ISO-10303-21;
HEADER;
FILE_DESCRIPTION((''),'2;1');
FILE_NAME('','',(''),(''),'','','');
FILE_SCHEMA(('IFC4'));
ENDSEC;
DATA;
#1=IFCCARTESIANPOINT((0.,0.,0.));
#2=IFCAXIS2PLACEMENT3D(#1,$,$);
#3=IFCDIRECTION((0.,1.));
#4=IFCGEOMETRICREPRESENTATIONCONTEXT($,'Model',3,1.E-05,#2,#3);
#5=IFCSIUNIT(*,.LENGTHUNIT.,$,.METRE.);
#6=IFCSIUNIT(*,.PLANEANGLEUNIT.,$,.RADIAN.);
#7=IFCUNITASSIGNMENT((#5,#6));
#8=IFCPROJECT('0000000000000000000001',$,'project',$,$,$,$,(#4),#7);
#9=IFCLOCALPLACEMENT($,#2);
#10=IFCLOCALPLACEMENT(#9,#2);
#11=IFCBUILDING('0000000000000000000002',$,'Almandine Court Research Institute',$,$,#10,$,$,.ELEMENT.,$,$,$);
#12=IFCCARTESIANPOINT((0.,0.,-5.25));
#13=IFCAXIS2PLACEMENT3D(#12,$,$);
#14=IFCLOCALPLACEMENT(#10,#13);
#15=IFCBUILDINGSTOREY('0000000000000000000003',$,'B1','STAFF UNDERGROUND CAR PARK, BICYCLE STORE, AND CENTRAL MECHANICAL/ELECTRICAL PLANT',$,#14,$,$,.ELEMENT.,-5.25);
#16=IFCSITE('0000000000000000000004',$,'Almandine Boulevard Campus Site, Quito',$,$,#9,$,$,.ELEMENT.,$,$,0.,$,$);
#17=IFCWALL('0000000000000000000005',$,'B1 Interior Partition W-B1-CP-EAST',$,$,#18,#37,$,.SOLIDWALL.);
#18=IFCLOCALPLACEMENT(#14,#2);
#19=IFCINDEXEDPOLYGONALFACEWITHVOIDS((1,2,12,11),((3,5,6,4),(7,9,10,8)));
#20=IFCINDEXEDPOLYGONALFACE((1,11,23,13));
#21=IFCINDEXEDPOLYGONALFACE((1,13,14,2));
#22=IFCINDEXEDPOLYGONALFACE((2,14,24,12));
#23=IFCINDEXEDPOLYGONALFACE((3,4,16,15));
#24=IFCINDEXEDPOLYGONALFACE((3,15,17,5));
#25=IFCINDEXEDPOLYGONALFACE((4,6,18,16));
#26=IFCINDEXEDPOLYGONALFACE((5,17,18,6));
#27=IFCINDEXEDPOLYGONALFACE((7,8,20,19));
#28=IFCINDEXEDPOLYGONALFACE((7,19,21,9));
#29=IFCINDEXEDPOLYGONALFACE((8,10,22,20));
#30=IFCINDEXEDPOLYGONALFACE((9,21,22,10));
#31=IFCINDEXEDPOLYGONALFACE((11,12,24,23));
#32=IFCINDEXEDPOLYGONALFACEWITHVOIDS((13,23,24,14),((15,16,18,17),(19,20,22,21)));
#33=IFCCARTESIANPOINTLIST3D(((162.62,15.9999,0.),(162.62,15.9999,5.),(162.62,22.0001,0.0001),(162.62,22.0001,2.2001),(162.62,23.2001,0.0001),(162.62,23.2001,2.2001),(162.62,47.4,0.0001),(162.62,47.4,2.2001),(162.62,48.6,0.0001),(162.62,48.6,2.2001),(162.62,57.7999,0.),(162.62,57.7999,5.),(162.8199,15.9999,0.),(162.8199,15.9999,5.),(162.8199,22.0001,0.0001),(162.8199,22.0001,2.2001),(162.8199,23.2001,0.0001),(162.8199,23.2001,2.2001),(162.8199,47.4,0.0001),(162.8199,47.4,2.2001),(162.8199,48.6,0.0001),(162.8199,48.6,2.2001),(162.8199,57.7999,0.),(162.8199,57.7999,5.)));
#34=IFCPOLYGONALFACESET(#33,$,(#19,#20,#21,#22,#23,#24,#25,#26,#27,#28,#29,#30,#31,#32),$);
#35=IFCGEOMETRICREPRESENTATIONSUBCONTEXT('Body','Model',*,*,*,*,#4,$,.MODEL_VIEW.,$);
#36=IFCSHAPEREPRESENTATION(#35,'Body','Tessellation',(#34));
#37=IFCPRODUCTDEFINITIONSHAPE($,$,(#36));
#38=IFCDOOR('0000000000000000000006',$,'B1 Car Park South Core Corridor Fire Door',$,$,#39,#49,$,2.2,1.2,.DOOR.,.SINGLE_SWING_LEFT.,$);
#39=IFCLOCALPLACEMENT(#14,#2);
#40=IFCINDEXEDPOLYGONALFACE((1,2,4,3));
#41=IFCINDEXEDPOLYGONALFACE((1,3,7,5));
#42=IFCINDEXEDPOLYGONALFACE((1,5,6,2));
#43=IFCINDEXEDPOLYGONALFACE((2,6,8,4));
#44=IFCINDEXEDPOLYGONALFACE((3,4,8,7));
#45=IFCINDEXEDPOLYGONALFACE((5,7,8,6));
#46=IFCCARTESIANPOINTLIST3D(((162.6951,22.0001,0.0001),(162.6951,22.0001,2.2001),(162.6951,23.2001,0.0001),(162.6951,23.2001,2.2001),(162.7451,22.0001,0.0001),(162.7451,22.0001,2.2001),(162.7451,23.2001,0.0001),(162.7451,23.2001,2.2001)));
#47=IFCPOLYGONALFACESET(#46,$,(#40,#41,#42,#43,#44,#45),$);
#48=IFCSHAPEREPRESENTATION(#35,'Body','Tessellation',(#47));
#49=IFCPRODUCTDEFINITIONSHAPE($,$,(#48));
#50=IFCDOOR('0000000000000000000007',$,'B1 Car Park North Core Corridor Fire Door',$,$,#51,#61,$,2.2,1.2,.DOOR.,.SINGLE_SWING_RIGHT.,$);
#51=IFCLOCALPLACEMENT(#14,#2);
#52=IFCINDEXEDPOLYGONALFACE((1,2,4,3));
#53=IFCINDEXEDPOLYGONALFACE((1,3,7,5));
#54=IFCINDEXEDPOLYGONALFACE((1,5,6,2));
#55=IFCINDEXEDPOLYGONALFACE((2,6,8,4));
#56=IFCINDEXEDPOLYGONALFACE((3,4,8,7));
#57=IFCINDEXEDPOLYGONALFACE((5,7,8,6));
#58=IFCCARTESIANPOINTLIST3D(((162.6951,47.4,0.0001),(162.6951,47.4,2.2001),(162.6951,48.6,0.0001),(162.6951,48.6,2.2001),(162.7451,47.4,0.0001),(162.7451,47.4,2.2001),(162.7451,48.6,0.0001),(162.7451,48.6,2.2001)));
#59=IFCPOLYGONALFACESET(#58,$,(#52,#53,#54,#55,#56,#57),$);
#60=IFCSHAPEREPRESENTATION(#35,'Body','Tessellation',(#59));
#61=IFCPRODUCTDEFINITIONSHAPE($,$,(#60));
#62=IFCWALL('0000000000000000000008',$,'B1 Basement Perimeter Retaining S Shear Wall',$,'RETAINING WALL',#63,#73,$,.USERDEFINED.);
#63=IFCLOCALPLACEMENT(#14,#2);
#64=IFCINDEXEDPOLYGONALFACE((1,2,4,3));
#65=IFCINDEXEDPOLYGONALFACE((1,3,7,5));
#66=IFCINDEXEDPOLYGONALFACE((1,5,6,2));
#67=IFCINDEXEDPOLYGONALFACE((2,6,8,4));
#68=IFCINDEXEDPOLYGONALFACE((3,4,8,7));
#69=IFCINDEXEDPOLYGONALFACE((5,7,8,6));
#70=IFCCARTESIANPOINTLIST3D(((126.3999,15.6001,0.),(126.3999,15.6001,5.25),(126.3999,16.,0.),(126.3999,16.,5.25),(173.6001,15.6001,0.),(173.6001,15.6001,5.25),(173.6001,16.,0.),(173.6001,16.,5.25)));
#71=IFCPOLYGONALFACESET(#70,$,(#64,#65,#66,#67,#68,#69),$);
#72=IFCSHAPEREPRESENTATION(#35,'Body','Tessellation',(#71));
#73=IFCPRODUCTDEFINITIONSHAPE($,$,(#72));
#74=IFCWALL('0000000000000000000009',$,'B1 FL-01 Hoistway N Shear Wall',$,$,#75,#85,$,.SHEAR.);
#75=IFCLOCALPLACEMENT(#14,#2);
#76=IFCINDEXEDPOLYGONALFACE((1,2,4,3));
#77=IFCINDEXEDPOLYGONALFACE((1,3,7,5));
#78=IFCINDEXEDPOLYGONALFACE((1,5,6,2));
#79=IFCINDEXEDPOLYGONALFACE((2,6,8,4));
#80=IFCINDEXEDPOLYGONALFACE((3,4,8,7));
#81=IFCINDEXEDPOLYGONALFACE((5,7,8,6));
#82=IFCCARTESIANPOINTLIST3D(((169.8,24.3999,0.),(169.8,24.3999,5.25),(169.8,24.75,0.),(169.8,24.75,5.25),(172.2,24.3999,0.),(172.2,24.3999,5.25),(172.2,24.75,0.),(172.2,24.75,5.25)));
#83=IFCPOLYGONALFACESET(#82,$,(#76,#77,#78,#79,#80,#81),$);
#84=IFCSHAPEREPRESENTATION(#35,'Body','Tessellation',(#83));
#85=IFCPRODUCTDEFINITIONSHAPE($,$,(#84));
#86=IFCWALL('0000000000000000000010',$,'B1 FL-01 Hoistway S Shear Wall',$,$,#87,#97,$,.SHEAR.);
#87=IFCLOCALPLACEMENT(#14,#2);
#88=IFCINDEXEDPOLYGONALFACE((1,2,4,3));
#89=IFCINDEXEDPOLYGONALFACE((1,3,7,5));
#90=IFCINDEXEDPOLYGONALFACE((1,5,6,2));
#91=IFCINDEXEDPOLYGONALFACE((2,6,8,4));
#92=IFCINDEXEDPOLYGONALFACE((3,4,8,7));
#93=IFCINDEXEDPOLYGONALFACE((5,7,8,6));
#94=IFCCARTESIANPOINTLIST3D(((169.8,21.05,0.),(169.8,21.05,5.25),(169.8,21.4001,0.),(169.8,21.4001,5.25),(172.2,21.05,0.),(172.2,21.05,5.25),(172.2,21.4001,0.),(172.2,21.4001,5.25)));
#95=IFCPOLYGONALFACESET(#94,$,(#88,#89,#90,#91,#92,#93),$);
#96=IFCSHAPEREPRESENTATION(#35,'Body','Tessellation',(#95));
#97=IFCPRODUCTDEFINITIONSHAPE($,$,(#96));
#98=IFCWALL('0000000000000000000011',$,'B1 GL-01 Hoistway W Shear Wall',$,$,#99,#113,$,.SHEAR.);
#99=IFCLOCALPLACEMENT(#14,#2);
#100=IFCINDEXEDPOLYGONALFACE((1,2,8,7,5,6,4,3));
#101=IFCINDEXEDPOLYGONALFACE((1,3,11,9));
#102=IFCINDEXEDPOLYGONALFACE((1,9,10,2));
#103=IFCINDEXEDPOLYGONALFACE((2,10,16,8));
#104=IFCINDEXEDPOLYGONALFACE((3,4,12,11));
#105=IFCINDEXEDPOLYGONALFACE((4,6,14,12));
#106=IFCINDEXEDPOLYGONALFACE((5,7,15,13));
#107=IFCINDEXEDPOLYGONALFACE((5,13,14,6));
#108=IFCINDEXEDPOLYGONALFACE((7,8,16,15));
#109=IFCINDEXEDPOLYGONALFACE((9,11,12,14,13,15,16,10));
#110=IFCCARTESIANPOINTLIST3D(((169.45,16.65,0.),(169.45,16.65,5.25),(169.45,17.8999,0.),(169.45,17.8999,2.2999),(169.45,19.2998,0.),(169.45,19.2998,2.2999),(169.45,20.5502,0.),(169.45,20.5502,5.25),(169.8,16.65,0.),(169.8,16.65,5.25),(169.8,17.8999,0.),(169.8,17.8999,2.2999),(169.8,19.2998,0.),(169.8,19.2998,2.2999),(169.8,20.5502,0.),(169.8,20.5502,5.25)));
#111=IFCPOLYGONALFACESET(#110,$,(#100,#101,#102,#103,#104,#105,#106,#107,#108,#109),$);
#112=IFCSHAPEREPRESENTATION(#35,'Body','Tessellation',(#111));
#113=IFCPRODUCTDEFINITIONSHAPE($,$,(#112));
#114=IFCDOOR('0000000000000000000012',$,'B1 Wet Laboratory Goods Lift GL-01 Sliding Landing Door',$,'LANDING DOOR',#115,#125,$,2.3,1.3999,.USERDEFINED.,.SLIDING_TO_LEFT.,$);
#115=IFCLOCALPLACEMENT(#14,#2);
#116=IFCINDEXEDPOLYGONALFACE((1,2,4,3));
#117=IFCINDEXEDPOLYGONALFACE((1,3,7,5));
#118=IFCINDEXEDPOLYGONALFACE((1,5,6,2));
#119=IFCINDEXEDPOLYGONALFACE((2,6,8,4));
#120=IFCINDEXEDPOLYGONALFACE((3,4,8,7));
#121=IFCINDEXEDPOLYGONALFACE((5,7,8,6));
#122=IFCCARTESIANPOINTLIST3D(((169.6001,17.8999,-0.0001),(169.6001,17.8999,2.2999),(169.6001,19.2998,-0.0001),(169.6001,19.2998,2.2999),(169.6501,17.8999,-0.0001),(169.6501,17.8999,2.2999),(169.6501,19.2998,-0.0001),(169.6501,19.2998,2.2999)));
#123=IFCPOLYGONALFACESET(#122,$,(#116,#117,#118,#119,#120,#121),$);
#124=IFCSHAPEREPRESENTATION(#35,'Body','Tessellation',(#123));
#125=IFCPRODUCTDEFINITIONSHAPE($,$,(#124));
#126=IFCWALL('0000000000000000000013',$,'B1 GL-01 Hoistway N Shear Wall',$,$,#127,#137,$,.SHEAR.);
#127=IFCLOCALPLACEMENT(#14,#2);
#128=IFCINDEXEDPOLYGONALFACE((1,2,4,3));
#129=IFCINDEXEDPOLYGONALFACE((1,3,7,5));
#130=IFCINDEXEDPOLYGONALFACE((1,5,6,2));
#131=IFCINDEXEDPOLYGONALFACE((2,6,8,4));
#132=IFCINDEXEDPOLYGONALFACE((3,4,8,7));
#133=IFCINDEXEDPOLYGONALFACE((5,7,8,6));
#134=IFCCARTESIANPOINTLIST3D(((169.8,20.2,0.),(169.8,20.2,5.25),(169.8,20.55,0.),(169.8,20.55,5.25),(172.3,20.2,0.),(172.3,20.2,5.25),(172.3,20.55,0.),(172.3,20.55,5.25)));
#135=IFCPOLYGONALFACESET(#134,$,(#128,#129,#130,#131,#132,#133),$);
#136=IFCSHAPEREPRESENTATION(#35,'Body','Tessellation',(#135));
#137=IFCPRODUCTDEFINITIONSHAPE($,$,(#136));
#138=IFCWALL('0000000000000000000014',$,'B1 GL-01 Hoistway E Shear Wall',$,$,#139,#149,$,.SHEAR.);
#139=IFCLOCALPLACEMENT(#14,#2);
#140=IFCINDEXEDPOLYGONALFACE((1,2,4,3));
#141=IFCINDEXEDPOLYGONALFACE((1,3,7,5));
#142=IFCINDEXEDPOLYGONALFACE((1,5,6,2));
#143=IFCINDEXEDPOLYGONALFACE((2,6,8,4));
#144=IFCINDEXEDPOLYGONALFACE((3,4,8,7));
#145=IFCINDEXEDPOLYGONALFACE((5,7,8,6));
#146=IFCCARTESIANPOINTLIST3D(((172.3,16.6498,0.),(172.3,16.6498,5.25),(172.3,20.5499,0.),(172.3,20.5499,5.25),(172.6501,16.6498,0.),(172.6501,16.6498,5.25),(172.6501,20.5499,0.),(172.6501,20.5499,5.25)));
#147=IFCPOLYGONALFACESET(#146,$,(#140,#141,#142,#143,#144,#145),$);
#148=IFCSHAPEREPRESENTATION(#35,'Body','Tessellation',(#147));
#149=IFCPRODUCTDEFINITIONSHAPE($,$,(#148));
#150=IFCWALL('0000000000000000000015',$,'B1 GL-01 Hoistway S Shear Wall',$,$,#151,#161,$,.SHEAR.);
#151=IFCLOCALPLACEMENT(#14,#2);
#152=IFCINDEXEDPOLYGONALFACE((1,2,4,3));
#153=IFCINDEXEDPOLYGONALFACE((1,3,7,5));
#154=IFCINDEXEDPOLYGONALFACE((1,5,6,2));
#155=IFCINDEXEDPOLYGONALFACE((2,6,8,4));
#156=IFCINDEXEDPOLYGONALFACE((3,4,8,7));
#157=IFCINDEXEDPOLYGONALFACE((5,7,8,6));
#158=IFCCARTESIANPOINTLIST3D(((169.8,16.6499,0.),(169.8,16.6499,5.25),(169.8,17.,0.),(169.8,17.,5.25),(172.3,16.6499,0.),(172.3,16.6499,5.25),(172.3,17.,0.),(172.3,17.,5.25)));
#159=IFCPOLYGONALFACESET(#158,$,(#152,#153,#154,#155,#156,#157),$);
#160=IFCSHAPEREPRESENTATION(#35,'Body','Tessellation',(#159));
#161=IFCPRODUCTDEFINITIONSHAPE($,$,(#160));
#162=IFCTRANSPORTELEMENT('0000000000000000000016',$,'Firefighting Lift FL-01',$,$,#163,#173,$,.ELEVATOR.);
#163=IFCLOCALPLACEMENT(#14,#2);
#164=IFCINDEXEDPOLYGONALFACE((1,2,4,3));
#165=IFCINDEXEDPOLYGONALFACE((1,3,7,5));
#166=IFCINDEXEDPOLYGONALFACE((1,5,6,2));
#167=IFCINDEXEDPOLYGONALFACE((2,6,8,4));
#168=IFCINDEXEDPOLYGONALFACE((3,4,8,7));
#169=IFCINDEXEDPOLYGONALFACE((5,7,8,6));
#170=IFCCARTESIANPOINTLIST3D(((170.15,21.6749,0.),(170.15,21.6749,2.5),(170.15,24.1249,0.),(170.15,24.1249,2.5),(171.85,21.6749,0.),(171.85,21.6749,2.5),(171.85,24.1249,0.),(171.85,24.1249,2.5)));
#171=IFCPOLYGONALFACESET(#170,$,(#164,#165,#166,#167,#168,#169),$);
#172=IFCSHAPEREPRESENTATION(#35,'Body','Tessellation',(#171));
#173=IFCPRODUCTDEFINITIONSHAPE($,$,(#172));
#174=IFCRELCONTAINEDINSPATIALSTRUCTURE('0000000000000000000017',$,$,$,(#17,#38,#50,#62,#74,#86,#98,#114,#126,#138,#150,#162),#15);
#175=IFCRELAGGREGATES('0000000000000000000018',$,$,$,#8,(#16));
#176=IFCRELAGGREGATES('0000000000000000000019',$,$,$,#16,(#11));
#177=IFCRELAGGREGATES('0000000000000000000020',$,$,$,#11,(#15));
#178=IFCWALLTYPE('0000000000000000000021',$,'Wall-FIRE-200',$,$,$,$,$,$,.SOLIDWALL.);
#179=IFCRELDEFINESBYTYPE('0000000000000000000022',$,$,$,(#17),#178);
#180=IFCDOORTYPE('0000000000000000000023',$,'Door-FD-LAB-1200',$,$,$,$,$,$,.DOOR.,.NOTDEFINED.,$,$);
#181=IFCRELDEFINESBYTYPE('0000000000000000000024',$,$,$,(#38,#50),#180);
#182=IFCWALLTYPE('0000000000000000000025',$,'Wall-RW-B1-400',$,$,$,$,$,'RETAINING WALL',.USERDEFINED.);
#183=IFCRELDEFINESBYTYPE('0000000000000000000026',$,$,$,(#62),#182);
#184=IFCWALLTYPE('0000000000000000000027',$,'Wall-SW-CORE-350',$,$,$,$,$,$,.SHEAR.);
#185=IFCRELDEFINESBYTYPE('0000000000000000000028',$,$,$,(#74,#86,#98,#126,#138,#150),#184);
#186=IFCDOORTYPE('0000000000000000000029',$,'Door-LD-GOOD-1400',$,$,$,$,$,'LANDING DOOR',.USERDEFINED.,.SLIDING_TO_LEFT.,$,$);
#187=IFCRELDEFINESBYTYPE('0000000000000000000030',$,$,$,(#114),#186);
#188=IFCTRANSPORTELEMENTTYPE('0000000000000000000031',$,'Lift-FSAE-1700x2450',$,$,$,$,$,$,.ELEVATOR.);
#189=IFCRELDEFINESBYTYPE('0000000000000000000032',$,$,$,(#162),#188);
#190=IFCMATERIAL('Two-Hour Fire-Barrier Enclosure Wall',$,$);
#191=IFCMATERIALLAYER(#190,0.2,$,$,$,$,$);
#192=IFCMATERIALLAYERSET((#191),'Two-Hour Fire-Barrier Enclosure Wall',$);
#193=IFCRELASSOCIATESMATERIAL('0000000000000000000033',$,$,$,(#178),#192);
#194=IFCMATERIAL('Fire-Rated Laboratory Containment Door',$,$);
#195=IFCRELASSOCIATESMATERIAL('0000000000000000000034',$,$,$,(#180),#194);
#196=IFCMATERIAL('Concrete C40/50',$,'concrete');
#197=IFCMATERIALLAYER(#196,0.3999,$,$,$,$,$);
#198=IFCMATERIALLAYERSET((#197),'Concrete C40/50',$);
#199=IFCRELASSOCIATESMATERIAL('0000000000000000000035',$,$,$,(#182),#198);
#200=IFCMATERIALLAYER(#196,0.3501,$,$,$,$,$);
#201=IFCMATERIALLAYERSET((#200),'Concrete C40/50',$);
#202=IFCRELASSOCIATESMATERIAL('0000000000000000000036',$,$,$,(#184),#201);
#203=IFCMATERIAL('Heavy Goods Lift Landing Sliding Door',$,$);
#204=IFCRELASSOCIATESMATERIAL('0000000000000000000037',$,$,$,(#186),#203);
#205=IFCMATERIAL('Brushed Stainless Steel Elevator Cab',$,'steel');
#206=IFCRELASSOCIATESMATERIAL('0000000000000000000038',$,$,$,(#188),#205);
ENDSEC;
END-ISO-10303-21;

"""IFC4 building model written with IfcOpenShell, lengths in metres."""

from ifc_helpers import new_model, si_unit, direction, frame, frame_2d, origin, origin_2d, place, context, subcontext, project, spatial, rectangle, extrude, material, layer, layer_set, type_object, element, fill, save


model = new_model("IFC4")

# Units and contexts
model_context = context("Model", 3, precision=1e-05, world=origin(), true_north=direction((0.0, 1.0)))
body_context = subcontext(model_context, "Body", "Model", "MODEL_VIEW")
ifc_project = project(units=[si_unit("LENGTHUNIT", "METRE"), si_unit("PLANEANGLEUNIT", "RADIAN")], contexts=[model_context])

# Site, building, storey
site_placement = place(None, origin())
site = spatial("IfcSite", under=ifc_project, at=site_placement, Name="Almandine Boulevard Campus Site, Quito", CompositionType="ELEMENT", RefElevation=0.0)
building_placement = place(site_placement, origin())
building = spatial("IfcBuilding", under=site, at=building_placement, Name="Almandine Court Research Institute", CompositionType="ELEMENT")
storey_placement = place(building_placement, frame((0.0, 0.0, -5.25)))
storey = spatial("IfcBuildingStorey", under=building, at=storey_placement, Name="B1", Description="STAFF UNDERGROUND CAR PARK, BICYCLE STORE, AND CENTRAL MECHANICAL/ELECTRICAL PLANT", CompositionType="ELEMENT", Elevation=-5.25)

# Shared definitions
ifc_material_1 = material(Name="Concrete C40/50", Category="concrete")

# Shared definitions
ifc_material_2 = material(Name="Two-Hour Fire-Barrier Enclosure Wall")
ifc_layer_1 = layer(ifc_material_2, 0.2)
ifc_layer_set_1 = layer_set([ifc_layer_1], Name="Two-Hour Fire-Barrier Enclosure Wall")
wall_type_1 = type_object("IfcWallType", Name="Wall-FIRE-200", PredefinedType="SOLIDWALL", material=ifc_layer_set_1)

# Wall, openings, doors
wall_1_placement = place(storey_placement, frame((162.72, 16.0, 0.0), z_axis=(0.0, 0.0, 1.0), x_axis=(0.0, 1.0, 0.0)))
wall_1 = element("IfcWall", 1, at=wall_1_placement, inside=storey, type_object=wall_type_1, Name="B1 Interior Partition W-B1-CP-EAST", PredefinedType="SOLIDWALL", context=body_context, shape_type="SweptSolid", body=[
    extrude(rectangle(XDim=41.8, YDim=0.2, at=frame_2d((20.8999, 0.0))), origin(), (0.0, 0.0, 1.0), 5.0),
])
opening_1_placement = place(wall_1_placement, frame((6.0, 0.0, 0.0)))
opening_1 = element("IfcOpeningElement", 2, at=opening_1_placement, cuts=wall_1, PredefinedType="OPENING", context=body_context, shape_type="SweptSolid", body=[
    extrude(rectangle(XDim=1.2, YDim=2.2, at=frame_2d((0.6001, 1.1001))), frame((0.0, 0.1099, 0.0), z_axis=(0.0, -1.0, 0.0), x_axis=(1.0, 0.0, 0.0)), (0.0, 0.0, 1.0), 0.22),
])
opening_2_placement = place(wall_1_placement, frame((31.3999, 0.0, 0.0)))
opening_2 = element("IfcOpeningElement", 3, at=opening_2_placement, cuts=wall_1, PredefinedType="OPENING", context=body_context, shape_type="SweptSolid", body=[
    extrude(rectangle(XDim=1.2, YDim=2.2, at=frame_2d((0.6001, 1.1001))), frame((0.0, 0.1099, 0.0), z_axis=(0.0, -1.0, 0.0), x_axis=(1.0, 0.0, 0.0)), (0.0, 0.0, 1.0), 0.22),
])
ifc_material_3 = material(Name="Fire-Rated Laboratory Containment Door")
door_type_1 = type_object("IfcDoorType", Name="Door-FD-LAB-1200", OperationType="NOTDEFINED", PredefinedType="DOOR", material=ifc_material_3)
door_1_placement = place(opening_1_placement, origin())
door_1 = element("IfcDoor", 4, at=door_1_placement, inside=storey, type_object=door_type_1, Name="B1 Car Park South Core Corridor Fire Door", OperationType="SINGLE_SWING_LEFT", OverallHeight=2.2, OverallWidth=1.2, PredefinedType="DOOR", context=body_context, shape_type="SweptSolid", body=[
    extrude(rectangle(XDim=1.2, YDim=2.2, at=frame_2d((0.6001, 1.1001))), frame((0.0, 0.0249, 0.0), z_axis=(0.0, -1.0, 0.0), x_axis=(1.0, 0.0, 0.0)), (0.0, 0.0, 1.0), 0.05),
])
fill(opening_1, door_1)
door_2_placement = place(opening_2_placement, origin())
door_2 = element("IfcDoor", 5, at=door_2_placement, inside=storey, type_object=door_type_1, Name="B1 Car Park North Core Corridor Fire Door", OperationType="SINGLE_SWING_RIGHT", OverallHeight=2.2, OverallWidth=1.2, PredefinedType="DOOR", context=body_context, shape_type="SweptSolid", body=[
    extrude(rectangle(XDim=1.2, YDim=2.2, at=frame_2d((0.6001, 1.1001))), frame((0.0, 0.0249, 0.0), z_axis=(0.0, -1.0, 0.0), x_axis=(1.0, 0.0, 0.0)), (0.0, 0.0, 1.0), 0.05),
])
fill(opening_2, door_2)

# Wall
ifc_layer_2 = layer(ifc_material_1, 0.3999)
ifc_layer_set_2 = layer_set([ifc_layer_2], Name="Concrete C40/50")
wall_type_2 = type_object("IfcWallType", Name="Wall-RW-B1-400", ElementType="RETAINING WALL", PredefinedType="USERDEFINED", material=ifc_layer_set_2)
wall_2_placement = place(storey_placement, frame((173.6001, 15.8, 0.0), z_axis=(0.0, 0.0, 1.0), x_axis=(-1.0, 0.0, 0.0)))
element("IfcWall", 6, at=wall_2_placement, inside=storey, type_object=wall_type_2, Name="B1 Basement Perimeter Retaining S Shear Wall", ObjectType="RETAINING WALL", PredefinedType="USERDEFINED", context=body_context, shape_type="SweptSolid", body=[
    extrude(rectangle(XDim=47.2002, YDim=0.3999, at=frame_2d((23.6001, 0.0))), origin(), (0.0, 0.0, 1.0), 5.25),
])

# Shared definitions
ifc_layer_3 = layer(ifc_material_1, 0.3501)
ifc_layer_set_3 = layer_set([ifc_layer_3], Name="Concrete C40/50")
wall_type_3 = type_object("IfcWallType", Name="Wall-SW-CORE-350", PredefinedType="SHEAR", material=ifc_layer_set_3)

# Walls
for number, where, z_axis, x_axis, name in (
    (7, (169.8, 24.575, 0.0), (0.0, 0.0, 1.0), (1.0, 0.0, 0.0), "B1 FL-01 Hoistway N Shear Wall"),
    (8, (172.2, 21.2251, 0.0), (0.0, 0.0, 1.0), (-1.0, 0.0, 0.0), "B1 FL-01 Hoistway S Shear Wall"),
):
    element("IfcWall", number, at=place(storey_placement, frame(where, z_axis=z_axis, x_axis=x_axis)), inside=storey, type_object=wall_type_3, Name=name, PredefinedType="SHEAR", context=body_context, shape_type="SweptSolid", body=[
        extrude(rectangle(XDim=2.3999, YDim=0.3501, at=frame_2d((1.2, 0.0))), origin(), (0.0, 0.0, 1.0), 5.25),
    ])

# Wall, opening, door
wall_3_placement = place(storey_placement, frame((169.625, 16.6499, 0.0), z_axis=(0.0, 0.0, 1.0), x_axis=(0.0, 1.0, 0.0)))
wall_3 = element("IfcWall", 9, at=wall_3_placement, inside=storey, type_object=wall_type_3, Name="B1 GL-01 Hoistway W Shear Wall", PredefinedType="SHEAR", context=body_context, shape_type="SweptSolid", body=[
    extrude(rectangle(XDim=3.9001, YDim=0.3501, at=frame_2d((1.9502, 0.0))), origin(), (0.0, 0.0, 1.0), 5.25),
])
opening_3_placement = place(wall_3_placement, frame((1.25, 0.0, 0.0)))
opening_3 = element("IfcOpeningElement", 10, at=opening_3_placement, cuts=wall_3, PredefinedType="OPENING", context=body_context, shape_type="SweptSolid", body=[
    extrude(rectangle(XDim=1.3999, YDim=2.3, at=frame_2d((0.7, 1.1499))), frame((0.0, 0.1851, 0.0), z_axis=(0.0, -1.0, 0.0), x_axis=(1.0, 0.0, 0.0)), (0.0, 0.0, 1.0), 0.3701),
])
ifc_material_4 = material(Name="Heavy Goods Lift Landing Sliding Door")
door_type_2 = type_object("IfcDoorType", Name="Door-LD-GOOD-1400", ElementType="LANDING DOOR", OperationType="SLIDING_TO_LEFT", PredefinedType="USERDEFINED", material=ifc_material_4)
door_3_placement = place(opening_3_placement, origin())
door_3 = element("IfcDoor", 11, at=door_3_placement, inside=storey, type_object=door_type_2, Name="B1 Wet Laboratory Goods Lift GL-01 Sliding Landing Door", ObjectType="LANDING DOOR", OperationType="SLIDING_TO_LEFT", OverallHeight=2.3, OverallWidth=1.3999, PredefinedType="USERDEFINED", context=body_context, shape_type="SweptSolid", body=[
    extrude(rectangle(XDim=1.3999, YDim=2.3, at=frame_2d((0.7, 1.1499))), frame((0.0, 0.0249, 0.0), z_axis=(0.0, -1.0, 0.0), x_axis=(1.0, 0.0, 0.0)), (0.0, 0.0, 1.0), 0.05),
])
fill(opening_3, door_3)

# Walls
wall_4_placement = place(storey_placement, frame((169.8, 20.375, 0.0), z_axis=(0.0, 0.0, 1.0), x_axis=(1.0, 0.0, 0.0)))
element("IfcWall", 12, at=wall_4_placement, inside=storey, type_object=wall_type_3, Name="B1 GL-01 Hoistway N Shear Wall", PredefinedType="SHEAR", context=body_context, shape_type="SweptSolid", body=[
    extrude(rectangle(XDim=2.5, YDim=0.3501, at=frame_2d((1.25, 0.0))), origin(), (0.0, 0.0, 1.0), 5.25),
])
wall_5_placement = place(storey_placement, frame((172.4751, 20.55, 0.0), z_axis=(0.0, 0.0, 1.0), x_axis=(0.0, -1.0, 0.0)))
element("IfcWall", 13, at=wall_5_placement, inside=storey, type_object=wall_type_3, Name="B1 GL-01 Hoistway E Shear Wall", PredefinedType="SHEAR", context=body_context, shape_type="SweptSolid", body=[
    extrude(rectangle(XDim=3.9001, YDim=0.3501, at=frame_2d((1.9502, 0.0))), origin(), (0.0, 0.0, 1.0), 5.25),
])
wall_6_placement = place(storey_placement, frame((172.3, 16.825, 0.0), z_axis=(0.0, 0.0, 1.0), x_axis=(-1.0, 0.0, 0.0)))
element("IfcWall", 14, at=wall_6_placement, inside=storey, type_object=wall_type_3, Name="B1 GL-01 Hoistway S Shear Wall", PredefinedType="SHEAR", context=body_context, shape_type="SweptSolid", body=[
    extrude(rectangle(XDim=2.5, YDim=0.3501, at=frame_2d((1.25, 0.0))), origin(), (0.0, 0.0, 1.0), 5.25),
])

# Transport element
ifc_material_5 = material(Name="Brushed Stainless Steel Elevator Cab", Category="steel")
transport_element_type_1 = type_object("IfcTransportElementType", Name="Lift-FSAE-1700x2450", PredefinedType="ELEVATOR", material=ifc_material_5)
transport_element_1_placement = place(storey_placement, frame((171.0, 22.8999, 0.0), z_axis=(0.0, 0.0, 1.0), x_axis=(1.0, 0.0, 0.0)))
element("IfcTransportElement", 15, at=transport_element_1_placement, inside=storey, type_object=transport_element_type_1, Name="Firefighting Lift FL-01", PredefinedType="ELEVATOR", context=body_context, shape_type="SweptSolid", body=[
    extrude(rectangle(XDim=1.7, YDim=2.45, at=origin_2d()), origin(), (0.0, 0.0, 1.0), 2.5),
])

save(model, "model.ifc")
